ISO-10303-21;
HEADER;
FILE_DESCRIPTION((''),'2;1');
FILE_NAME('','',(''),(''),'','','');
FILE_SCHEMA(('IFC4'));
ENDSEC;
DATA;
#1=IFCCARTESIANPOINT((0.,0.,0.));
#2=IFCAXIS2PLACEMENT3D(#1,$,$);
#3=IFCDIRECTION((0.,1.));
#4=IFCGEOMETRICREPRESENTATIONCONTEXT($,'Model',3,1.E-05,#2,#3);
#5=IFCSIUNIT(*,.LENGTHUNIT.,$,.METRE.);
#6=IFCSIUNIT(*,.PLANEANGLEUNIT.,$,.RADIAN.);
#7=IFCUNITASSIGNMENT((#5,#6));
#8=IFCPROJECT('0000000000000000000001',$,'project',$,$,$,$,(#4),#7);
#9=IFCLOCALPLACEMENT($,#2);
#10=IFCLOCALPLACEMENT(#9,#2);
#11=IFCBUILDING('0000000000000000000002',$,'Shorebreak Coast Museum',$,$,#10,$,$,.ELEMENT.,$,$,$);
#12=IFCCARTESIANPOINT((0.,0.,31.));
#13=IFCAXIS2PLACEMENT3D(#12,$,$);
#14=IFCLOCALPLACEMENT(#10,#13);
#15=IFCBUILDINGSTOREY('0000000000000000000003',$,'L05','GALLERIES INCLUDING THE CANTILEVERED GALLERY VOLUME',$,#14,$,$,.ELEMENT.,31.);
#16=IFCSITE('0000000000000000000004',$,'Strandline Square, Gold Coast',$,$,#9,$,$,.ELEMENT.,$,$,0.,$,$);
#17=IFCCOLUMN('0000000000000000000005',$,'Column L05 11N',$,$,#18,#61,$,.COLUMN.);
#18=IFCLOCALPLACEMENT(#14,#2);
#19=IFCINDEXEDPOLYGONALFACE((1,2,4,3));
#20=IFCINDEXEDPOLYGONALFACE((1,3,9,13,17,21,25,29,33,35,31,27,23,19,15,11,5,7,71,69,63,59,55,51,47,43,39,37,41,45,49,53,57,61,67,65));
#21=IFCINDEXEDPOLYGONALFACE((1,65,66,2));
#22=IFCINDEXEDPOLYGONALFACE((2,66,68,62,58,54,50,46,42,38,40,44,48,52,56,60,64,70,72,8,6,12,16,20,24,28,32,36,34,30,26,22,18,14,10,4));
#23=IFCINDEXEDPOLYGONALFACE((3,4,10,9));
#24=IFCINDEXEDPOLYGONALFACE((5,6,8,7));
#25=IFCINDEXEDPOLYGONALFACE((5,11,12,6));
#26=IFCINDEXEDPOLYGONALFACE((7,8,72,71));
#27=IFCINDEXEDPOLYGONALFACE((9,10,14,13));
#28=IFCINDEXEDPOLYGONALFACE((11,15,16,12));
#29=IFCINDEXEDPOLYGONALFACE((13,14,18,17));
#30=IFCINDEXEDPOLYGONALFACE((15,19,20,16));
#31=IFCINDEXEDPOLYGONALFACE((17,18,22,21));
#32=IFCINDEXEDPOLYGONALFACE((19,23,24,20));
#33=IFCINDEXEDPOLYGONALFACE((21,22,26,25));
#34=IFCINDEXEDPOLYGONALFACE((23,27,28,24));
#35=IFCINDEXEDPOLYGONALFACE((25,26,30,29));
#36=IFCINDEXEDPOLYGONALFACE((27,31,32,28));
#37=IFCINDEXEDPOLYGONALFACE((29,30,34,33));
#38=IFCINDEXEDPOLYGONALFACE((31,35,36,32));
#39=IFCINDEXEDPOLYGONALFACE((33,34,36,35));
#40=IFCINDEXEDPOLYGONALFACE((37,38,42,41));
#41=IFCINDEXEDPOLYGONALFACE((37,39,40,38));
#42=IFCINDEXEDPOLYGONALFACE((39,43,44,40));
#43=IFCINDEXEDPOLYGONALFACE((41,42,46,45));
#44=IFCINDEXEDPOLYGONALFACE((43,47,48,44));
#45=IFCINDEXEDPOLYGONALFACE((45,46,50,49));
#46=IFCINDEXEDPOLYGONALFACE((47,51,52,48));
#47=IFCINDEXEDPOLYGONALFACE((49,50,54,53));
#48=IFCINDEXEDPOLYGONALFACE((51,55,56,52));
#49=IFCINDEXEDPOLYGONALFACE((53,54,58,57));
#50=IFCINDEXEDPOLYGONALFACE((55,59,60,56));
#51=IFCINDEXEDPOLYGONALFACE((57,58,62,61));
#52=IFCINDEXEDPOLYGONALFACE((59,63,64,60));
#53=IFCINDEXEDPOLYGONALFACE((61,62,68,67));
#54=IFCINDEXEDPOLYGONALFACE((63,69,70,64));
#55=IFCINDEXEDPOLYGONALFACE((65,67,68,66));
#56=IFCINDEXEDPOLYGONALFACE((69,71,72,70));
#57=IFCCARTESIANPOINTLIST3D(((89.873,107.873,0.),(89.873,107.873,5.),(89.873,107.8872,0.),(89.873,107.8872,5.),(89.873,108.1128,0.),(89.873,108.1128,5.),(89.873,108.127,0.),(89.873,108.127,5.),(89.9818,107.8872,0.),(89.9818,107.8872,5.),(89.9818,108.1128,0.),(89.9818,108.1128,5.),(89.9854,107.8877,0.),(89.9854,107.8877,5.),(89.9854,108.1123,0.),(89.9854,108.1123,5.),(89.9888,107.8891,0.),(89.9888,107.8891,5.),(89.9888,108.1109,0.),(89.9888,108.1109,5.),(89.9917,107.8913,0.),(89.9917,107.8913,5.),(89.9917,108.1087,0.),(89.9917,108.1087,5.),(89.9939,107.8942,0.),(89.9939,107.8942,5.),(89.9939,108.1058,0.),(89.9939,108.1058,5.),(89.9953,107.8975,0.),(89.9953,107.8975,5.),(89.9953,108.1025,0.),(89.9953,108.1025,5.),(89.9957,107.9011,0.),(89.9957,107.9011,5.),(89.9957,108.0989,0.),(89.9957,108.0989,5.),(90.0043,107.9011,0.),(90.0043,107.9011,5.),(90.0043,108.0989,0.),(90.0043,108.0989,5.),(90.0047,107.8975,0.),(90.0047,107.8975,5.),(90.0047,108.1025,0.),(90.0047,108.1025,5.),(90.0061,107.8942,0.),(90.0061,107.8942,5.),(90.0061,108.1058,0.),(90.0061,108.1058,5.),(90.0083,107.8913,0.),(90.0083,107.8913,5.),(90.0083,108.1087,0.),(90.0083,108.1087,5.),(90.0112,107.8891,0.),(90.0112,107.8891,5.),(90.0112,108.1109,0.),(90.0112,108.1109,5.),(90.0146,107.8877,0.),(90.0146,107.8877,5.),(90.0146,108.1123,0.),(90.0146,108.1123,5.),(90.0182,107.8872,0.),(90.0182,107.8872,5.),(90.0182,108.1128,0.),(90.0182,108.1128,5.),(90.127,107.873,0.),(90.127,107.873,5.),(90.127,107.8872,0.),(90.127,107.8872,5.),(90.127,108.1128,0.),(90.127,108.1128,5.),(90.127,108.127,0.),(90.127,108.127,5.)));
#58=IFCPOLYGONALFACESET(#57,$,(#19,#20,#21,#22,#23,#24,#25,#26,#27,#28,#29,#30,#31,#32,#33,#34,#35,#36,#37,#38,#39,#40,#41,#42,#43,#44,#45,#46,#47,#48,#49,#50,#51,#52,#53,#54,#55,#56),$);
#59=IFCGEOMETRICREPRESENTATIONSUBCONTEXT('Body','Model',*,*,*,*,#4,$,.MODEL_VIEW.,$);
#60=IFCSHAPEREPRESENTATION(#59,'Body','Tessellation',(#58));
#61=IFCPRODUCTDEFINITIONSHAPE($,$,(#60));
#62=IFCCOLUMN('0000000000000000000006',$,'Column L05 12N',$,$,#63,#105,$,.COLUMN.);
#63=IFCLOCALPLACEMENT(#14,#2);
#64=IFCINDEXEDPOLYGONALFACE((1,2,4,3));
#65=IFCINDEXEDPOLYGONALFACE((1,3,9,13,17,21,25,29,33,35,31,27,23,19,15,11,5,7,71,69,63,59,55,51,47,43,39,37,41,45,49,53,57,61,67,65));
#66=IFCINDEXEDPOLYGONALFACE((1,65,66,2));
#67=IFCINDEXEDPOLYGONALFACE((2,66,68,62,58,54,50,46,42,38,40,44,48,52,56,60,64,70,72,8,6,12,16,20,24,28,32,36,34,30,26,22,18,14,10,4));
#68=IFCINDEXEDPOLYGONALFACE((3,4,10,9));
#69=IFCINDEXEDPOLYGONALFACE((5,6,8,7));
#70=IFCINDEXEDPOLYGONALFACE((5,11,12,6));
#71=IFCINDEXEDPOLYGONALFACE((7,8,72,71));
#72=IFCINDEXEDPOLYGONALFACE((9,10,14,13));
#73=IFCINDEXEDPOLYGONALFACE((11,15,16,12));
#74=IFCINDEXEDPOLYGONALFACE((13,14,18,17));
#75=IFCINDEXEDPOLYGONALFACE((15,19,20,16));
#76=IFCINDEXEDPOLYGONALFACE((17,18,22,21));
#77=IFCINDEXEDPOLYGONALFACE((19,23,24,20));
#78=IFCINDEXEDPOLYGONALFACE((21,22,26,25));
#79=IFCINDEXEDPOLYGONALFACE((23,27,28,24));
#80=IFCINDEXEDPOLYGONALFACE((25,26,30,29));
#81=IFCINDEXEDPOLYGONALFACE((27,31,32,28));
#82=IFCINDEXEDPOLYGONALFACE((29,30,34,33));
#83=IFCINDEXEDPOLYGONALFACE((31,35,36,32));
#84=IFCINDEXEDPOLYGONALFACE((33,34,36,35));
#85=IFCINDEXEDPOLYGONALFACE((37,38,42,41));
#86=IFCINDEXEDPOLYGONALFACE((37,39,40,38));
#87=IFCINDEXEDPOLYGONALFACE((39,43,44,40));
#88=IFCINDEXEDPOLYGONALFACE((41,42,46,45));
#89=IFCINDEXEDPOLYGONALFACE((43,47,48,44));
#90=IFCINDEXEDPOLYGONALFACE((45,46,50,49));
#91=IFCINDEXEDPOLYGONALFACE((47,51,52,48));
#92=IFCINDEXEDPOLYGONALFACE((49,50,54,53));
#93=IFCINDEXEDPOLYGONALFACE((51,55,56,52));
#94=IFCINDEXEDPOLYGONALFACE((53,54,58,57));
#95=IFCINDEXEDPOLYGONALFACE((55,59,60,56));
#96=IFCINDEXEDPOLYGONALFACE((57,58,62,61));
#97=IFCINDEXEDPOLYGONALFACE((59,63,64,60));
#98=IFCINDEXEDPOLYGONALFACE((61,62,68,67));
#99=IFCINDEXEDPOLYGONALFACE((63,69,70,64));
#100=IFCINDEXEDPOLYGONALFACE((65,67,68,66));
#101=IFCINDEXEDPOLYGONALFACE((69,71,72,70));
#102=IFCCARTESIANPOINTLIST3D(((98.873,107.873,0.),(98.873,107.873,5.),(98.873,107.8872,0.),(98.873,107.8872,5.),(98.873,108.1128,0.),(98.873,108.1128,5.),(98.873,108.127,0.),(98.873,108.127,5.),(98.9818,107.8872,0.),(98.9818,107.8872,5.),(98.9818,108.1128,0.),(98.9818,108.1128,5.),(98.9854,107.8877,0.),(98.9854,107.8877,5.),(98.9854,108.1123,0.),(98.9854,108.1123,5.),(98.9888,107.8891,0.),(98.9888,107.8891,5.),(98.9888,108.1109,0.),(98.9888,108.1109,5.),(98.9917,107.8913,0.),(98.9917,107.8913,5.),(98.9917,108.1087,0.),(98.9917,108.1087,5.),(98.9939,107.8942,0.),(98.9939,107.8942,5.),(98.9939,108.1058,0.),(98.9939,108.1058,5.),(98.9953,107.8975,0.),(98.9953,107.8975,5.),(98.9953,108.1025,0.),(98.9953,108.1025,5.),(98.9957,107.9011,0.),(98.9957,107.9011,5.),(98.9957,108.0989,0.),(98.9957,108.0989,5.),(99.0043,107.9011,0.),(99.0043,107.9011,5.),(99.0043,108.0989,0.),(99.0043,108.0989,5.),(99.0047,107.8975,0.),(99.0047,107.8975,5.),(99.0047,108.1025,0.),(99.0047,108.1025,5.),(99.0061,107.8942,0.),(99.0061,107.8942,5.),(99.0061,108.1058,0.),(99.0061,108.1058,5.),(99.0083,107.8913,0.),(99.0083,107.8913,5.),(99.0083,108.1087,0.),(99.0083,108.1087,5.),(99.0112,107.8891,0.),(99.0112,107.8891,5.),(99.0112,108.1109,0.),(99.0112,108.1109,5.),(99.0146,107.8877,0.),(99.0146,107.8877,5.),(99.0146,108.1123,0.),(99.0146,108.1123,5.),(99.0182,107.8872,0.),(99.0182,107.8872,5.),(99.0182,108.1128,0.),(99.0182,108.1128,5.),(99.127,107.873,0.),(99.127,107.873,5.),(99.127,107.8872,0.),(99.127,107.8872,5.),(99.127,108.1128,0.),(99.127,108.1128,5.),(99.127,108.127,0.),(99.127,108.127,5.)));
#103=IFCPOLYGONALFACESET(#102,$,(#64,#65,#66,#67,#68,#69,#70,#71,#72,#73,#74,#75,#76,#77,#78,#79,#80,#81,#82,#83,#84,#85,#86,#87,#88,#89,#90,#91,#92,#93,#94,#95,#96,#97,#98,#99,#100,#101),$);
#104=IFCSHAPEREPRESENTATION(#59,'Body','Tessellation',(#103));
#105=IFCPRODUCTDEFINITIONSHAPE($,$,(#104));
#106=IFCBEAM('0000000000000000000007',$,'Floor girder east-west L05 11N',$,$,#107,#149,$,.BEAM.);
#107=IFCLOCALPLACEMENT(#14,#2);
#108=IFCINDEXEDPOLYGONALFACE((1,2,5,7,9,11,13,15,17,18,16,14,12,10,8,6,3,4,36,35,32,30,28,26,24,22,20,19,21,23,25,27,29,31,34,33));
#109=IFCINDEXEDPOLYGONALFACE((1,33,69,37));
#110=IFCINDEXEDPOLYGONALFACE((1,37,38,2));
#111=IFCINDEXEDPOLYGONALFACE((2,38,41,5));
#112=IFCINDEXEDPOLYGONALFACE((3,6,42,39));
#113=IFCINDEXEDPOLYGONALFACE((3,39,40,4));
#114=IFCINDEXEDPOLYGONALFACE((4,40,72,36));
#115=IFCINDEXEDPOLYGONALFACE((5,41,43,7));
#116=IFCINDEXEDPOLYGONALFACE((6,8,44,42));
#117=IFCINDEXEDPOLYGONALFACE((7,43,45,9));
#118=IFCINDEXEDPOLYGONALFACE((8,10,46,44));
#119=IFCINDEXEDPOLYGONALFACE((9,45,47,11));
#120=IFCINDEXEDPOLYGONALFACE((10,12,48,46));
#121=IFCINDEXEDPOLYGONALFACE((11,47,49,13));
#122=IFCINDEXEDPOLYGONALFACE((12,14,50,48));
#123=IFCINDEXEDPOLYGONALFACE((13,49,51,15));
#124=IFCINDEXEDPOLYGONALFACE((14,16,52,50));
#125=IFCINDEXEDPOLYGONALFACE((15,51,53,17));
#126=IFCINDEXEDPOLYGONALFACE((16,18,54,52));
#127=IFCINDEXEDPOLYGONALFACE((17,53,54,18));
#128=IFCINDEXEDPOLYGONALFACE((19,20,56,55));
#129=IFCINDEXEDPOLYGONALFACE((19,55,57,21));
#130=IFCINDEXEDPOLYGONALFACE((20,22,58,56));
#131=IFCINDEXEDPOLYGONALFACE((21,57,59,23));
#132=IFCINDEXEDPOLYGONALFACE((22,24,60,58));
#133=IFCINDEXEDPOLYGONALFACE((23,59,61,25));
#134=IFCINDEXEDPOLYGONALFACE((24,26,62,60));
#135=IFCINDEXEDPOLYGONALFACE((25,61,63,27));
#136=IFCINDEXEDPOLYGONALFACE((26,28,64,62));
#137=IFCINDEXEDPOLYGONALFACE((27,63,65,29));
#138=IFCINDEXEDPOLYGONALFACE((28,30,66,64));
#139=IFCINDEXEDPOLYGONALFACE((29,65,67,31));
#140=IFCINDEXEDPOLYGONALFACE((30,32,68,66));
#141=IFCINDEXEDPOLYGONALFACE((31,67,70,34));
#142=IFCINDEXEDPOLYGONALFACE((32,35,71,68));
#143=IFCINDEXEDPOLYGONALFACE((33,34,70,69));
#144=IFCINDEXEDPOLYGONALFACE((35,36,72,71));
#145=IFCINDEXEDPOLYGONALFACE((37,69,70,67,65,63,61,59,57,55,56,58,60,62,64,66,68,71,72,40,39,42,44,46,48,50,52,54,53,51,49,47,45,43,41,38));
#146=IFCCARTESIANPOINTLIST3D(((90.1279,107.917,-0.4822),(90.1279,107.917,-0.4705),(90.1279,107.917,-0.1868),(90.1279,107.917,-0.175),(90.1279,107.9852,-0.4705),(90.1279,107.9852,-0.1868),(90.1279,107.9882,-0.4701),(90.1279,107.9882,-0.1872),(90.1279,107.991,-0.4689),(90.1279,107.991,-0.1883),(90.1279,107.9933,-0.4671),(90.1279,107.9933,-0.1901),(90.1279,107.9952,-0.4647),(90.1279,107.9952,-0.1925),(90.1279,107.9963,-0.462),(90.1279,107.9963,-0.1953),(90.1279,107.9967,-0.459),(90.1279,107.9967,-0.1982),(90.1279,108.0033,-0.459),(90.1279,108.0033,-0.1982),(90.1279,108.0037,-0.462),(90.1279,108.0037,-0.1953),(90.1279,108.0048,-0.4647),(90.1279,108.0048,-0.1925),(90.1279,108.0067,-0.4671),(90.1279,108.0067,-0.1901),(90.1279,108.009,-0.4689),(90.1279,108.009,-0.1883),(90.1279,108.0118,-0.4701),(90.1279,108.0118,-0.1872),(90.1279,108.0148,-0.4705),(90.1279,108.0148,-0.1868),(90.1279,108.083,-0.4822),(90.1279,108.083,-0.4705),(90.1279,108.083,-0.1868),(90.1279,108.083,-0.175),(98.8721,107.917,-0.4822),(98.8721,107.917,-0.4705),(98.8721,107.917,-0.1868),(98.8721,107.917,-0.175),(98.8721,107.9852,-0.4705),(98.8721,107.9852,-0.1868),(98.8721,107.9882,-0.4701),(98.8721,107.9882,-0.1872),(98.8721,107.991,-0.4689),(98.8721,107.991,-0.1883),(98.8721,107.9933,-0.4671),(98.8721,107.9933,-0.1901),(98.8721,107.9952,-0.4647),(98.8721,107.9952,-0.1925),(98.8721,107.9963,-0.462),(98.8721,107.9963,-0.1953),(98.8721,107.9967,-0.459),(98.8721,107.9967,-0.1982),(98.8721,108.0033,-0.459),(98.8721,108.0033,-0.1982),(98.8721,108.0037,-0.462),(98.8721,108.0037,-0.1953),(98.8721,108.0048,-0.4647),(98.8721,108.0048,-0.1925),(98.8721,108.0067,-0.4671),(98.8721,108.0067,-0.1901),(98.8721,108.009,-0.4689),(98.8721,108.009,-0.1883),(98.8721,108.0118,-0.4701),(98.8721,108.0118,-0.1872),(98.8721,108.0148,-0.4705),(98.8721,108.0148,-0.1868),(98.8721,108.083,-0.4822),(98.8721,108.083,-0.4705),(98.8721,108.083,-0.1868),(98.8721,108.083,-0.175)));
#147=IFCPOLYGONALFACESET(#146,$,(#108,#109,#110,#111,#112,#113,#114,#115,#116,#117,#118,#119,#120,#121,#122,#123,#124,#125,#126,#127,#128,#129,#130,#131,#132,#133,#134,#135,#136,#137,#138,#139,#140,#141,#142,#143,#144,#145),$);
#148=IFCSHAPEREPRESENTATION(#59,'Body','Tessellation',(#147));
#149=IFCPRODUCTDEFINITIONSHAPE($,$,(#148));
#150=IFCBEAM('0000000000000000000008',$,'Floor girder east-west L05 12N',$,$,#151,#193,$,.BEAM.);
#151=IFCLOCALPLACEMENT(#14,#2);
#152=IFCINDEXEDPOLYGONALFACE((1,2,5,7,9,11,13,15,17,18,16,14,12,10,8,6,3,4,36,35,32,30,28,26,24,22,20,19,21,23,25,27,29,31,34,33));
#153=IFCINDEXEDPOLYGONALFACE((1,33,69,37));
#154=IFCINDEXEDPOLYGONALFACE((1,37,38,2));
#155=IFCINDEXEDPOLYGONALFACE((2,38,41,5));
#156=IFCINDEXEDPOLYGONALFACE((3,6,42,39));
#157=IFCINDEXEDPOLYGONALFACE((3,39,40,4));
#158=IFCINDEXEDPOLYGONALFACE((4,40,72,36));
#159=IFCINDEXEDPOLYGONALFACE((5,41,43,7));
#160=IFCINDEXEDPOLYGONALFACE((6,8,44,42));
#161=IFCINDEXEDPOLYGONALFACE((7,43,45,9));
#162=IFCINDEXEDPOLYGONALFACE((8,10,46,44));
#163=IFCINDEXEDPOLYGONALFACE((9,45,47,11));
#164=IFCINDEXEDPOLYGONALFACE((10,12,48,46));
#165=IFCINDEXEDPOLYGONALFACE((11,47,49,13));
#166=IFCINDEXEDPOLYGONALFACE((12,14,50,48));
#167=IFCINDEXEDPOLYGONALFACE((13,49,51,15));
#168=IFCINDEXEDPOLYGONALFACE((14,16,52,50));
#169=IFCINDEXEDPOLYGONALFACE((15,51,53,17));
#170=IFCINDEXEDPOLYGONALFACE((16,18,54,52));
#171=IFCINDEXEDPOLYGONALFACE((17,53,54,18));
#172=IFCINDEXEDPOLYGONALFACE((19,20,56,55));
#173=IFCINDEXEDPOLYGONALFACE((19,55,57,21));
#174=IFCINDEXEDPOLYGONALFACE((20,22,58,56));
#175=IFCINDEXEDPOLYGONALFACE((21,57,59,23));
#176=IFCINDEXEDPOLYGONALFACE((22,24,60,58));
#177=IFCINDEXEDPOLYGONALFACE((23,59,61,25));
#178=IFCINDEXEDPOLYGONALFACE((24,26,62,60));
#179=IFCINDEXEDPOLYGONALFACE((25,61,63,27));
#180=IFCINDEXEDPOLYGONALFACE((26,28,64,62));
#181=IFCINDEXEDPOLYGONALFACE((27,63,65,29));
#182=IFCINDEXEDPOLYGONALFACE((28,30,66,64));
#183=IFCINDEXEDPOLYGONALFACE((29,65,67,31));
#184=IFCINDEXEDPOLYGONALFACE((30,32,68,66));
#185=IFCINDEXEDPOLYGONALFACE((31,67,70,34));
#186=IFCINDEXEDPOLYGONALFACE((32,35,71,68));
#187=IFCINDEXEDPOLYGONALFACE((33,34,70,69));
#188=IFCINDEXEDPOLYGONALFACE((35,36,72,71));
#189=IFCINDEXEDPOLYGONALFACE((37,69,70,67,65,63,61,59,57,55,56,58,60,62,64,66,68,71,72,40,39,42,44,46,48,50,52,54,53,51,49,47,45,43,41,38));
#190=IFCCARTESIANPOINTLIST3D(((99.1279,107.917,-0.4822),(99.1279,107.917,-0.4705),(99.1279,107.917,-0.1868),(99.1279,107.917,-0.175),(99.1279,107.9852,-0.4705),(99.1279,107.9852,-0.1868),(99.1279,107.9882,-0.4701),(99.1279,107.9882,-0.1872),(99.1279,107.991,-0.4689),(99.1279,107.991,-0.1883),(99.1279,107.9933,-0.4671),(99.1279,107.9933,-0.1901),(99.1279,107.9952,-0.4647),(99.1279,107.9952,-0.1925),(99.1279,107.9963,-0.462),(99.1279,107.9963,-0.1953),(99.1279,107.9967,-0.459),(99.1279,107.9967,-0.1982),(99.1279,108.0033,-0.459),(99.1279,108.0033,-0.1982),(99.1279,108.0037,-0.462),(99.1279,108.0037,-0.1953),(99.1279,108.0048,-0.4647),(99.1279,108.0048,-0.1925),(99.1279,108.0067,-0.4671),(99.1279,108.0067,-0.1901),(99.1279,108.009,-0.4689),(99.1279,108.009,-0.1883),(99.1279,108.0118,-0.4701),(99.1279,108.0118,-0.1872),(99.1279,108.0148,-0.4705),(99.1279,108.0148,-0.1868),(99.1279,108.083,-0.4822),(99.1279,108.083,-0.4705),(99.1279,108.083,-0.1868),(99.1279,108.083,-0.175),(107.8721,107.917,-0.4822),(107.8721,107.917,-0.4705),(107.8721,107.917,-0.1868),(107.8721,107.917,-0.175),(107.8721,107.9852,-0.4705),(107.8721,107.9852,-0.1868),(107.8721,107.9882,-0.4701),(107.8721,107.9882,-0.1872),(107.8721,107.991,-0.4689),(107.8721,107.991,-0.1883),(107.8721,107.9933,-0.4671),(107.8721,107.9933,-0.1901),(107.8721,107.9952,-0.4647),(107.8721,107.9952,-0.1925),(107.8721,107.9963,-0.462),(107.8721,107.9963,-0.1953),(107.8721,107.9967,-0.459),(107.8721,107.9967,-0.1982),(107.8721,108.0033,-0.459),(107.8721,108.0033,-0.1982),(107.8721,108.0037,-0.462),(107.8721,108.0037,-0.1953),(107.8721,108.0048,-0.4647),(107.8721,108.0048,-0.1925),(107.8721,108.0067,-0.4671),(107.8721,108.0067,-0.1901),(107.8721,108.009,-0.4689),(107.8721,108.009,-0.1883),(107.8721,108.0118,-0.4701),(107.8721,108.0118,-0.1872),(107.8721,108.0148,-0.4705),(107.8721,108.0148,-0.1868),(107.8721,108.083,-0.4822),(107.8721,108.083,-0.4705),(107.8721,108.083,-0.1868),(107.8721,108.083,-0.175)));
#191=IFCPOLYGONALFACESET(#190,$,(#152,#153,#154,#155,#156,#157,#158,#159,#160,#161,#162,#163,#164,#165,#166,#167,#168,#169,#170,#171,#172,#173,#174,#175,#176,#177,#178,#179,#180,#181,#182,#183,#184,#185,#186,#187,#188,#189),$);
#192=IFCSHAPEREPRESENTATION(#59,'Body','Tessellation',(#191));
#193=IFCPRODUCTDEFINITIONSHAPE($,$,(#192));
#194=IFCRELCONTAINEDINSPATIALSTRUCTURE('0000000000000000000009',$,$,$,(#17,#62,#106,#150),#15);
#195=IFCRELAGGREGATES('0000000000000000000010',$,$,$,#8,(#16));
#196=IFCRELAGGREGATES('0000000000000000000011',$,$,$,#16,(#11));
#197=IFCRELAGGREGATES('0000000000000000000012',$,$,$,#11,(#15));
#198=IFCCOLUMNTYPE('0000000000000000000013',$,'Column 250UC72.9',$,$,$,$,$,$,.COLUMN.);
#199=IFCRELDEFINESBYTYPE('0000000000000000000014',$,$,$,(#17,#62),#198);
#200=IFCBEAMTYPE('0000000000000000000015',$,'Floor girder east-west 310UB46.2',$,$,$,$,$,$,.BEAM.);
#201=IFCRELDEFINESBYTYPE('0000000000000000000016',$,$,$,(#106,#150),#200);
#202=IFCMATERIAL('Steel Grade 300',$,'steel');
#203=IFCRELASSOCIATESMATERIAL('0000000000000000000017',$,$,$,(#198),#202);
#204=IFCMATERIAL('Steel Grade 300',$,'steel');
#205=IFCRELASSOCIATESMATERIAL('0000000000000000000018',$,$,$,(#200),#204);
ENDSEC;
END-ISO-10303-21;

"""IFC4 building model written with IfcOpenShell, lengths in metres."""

from ifc_helpers import new_model, si_unit, direction, frame, origin, origin_2d, place, context, subcontext, project, spatial, i_section, extrude, material, material_profile, profile_set, type_object, element, save


model = new_model("IFC4")

# Units and contexts
model_context = context("Model", 3, precision=1e-05, world=origin(), true_north=direction((0.0, 1.0)))
body_context = subcontext(model_context, "Body", "Model", "MODEL_VIEW")
ifc_project = project(units=[si_unit("LENGTHUNIT", "METRE"), si_unit("PLANEANGLEUNIT", "RADIAN")], contexts=[model_context])

# Site, building, storey
site_placement = place(None, origin())
site = spatial("IfcSite", under=ifc_project, at=site_placement, Name="Strandline Square, Gold Coast", CompositionType="ELEMENT", RefElevation=0.0)
building_placement = place(site_placement, origin())
building = spatial("IfcBuilding", under=site, at=building_placement, Name="Shorebreak Coast Museum", CompositionType="ELEMENT")
storey_placement = place(building_placement, frame((0.0, 0.0, 31.0)))
storey = spatial("IfcBuildingStorey", under=building, at=storey_placement, Name="L05", Description="GALLERIES INCLUDING THE CANTILEVERED GALLERY VOLUME", CompositionType="ELEMENT", Elevation=31.0)

# Columns
ifc_material_1 = material(Name="Steel Grade 300", Category="steel")
ifc_material_profile_1 = material_profile(ifc_material_1, i_section(OverallWidth=0.2539, OverallDepth=0.2539, WebThickness=0.0085, FlangeThickness=0.0142, FilletRadius=0.0139, at=origin_2d()), Name="250UC72.9")
ifc_profile_set_1 = profile_set([ifc_material_profile_1], Name="Steel Grade 300")
column_type = type_object("IfcColumnType", Name="Column 250UC72.9", PredefinedType="COLUMN", material=ifc_profile_set_1)
for number, where, z_axis, x_axis, name in (
    (1, (90.0, 108.0, 0.0), (0.0, 0.0, 1.0), (1.0, 0.0, 0.0), "Column L05 11N"),
    (2, (99.0, 108.0, 0.0), (0.0, 0.0, 1.0), (1.0, 0.0, 0.0), "Column L05 12N"),
):
    element("IfcColumn", number, at=place(storey_placement, frame(where, z_axis=z_axis, x_axis=x_axis)), inside=storey, type_object=column_type, Name=name, PredefinedType="COLUMN", context=body_context, shape_type="SweptSolid", body=[
        extrude(i_section(OverallWidth=0.2539, OverallDepth=0.2539, WebThickness=0.0085, FlangeThickness=0.0142, FilletRadius=0.0139, at=origin_2d()), origin(), (0.0, 0.0, 1.0), 5.0),
    ])

# Beams
ifc_material_2 = material(Name="Steel Grade 300", Category="steel")
ifc_material_profile_2 = material_profile(ifc_material_2, i_section(OverallWidth=0.166, OverallDepth=0.3071, WebThickness=0.0066, FlangeThickness=0.0117, FilletRadius=0.0115, at=origin_2d()), Name="310UB46.2")
ifc_profile_set_2 = profile_set([ifc_material_profile_2], Name="Steel Grade 300")
beam_type_1 = type_object("IfcBeamType", Name="Floor girder east-west 310UB46.2", PredefinedType="BEAM", material=ifc_profile_set_2)
for number, where, z_axis, x_axis, name in (
    (3, (90.1279, 108.0, -0.3286), (1.0, 0.0, 0.0), (0.0, 1.0, 0.0), "Floor girder east-west L05 11N"),
    (4, (99.1279, 108.0, -0.3286), (1.0, 0.0, 0.0), (0.0, 1.0, 0.0), "Floor girder east-west L05 12N"),
):
    element("IfcBeam", number, at=place(storey_placement, frame(where, z_axis=z_axis, x_axis=x_axis)), inside=storey, type_object=beam_type_1, Name=name, PredefinedType="BEAM", context=body_context, shape_type="SweptSolid", body=[
        extrude(i_section(OverallWidth=0.166, OverallDepth=0.3071, WebThickness=0.0066, FlangeThickness=0.0117, FilletRadius=0.0115, at=origin_2d()), origin(), (0.0, 0.0, 1.0), 8.7441),
    ])

save(model, "model.ifc")
